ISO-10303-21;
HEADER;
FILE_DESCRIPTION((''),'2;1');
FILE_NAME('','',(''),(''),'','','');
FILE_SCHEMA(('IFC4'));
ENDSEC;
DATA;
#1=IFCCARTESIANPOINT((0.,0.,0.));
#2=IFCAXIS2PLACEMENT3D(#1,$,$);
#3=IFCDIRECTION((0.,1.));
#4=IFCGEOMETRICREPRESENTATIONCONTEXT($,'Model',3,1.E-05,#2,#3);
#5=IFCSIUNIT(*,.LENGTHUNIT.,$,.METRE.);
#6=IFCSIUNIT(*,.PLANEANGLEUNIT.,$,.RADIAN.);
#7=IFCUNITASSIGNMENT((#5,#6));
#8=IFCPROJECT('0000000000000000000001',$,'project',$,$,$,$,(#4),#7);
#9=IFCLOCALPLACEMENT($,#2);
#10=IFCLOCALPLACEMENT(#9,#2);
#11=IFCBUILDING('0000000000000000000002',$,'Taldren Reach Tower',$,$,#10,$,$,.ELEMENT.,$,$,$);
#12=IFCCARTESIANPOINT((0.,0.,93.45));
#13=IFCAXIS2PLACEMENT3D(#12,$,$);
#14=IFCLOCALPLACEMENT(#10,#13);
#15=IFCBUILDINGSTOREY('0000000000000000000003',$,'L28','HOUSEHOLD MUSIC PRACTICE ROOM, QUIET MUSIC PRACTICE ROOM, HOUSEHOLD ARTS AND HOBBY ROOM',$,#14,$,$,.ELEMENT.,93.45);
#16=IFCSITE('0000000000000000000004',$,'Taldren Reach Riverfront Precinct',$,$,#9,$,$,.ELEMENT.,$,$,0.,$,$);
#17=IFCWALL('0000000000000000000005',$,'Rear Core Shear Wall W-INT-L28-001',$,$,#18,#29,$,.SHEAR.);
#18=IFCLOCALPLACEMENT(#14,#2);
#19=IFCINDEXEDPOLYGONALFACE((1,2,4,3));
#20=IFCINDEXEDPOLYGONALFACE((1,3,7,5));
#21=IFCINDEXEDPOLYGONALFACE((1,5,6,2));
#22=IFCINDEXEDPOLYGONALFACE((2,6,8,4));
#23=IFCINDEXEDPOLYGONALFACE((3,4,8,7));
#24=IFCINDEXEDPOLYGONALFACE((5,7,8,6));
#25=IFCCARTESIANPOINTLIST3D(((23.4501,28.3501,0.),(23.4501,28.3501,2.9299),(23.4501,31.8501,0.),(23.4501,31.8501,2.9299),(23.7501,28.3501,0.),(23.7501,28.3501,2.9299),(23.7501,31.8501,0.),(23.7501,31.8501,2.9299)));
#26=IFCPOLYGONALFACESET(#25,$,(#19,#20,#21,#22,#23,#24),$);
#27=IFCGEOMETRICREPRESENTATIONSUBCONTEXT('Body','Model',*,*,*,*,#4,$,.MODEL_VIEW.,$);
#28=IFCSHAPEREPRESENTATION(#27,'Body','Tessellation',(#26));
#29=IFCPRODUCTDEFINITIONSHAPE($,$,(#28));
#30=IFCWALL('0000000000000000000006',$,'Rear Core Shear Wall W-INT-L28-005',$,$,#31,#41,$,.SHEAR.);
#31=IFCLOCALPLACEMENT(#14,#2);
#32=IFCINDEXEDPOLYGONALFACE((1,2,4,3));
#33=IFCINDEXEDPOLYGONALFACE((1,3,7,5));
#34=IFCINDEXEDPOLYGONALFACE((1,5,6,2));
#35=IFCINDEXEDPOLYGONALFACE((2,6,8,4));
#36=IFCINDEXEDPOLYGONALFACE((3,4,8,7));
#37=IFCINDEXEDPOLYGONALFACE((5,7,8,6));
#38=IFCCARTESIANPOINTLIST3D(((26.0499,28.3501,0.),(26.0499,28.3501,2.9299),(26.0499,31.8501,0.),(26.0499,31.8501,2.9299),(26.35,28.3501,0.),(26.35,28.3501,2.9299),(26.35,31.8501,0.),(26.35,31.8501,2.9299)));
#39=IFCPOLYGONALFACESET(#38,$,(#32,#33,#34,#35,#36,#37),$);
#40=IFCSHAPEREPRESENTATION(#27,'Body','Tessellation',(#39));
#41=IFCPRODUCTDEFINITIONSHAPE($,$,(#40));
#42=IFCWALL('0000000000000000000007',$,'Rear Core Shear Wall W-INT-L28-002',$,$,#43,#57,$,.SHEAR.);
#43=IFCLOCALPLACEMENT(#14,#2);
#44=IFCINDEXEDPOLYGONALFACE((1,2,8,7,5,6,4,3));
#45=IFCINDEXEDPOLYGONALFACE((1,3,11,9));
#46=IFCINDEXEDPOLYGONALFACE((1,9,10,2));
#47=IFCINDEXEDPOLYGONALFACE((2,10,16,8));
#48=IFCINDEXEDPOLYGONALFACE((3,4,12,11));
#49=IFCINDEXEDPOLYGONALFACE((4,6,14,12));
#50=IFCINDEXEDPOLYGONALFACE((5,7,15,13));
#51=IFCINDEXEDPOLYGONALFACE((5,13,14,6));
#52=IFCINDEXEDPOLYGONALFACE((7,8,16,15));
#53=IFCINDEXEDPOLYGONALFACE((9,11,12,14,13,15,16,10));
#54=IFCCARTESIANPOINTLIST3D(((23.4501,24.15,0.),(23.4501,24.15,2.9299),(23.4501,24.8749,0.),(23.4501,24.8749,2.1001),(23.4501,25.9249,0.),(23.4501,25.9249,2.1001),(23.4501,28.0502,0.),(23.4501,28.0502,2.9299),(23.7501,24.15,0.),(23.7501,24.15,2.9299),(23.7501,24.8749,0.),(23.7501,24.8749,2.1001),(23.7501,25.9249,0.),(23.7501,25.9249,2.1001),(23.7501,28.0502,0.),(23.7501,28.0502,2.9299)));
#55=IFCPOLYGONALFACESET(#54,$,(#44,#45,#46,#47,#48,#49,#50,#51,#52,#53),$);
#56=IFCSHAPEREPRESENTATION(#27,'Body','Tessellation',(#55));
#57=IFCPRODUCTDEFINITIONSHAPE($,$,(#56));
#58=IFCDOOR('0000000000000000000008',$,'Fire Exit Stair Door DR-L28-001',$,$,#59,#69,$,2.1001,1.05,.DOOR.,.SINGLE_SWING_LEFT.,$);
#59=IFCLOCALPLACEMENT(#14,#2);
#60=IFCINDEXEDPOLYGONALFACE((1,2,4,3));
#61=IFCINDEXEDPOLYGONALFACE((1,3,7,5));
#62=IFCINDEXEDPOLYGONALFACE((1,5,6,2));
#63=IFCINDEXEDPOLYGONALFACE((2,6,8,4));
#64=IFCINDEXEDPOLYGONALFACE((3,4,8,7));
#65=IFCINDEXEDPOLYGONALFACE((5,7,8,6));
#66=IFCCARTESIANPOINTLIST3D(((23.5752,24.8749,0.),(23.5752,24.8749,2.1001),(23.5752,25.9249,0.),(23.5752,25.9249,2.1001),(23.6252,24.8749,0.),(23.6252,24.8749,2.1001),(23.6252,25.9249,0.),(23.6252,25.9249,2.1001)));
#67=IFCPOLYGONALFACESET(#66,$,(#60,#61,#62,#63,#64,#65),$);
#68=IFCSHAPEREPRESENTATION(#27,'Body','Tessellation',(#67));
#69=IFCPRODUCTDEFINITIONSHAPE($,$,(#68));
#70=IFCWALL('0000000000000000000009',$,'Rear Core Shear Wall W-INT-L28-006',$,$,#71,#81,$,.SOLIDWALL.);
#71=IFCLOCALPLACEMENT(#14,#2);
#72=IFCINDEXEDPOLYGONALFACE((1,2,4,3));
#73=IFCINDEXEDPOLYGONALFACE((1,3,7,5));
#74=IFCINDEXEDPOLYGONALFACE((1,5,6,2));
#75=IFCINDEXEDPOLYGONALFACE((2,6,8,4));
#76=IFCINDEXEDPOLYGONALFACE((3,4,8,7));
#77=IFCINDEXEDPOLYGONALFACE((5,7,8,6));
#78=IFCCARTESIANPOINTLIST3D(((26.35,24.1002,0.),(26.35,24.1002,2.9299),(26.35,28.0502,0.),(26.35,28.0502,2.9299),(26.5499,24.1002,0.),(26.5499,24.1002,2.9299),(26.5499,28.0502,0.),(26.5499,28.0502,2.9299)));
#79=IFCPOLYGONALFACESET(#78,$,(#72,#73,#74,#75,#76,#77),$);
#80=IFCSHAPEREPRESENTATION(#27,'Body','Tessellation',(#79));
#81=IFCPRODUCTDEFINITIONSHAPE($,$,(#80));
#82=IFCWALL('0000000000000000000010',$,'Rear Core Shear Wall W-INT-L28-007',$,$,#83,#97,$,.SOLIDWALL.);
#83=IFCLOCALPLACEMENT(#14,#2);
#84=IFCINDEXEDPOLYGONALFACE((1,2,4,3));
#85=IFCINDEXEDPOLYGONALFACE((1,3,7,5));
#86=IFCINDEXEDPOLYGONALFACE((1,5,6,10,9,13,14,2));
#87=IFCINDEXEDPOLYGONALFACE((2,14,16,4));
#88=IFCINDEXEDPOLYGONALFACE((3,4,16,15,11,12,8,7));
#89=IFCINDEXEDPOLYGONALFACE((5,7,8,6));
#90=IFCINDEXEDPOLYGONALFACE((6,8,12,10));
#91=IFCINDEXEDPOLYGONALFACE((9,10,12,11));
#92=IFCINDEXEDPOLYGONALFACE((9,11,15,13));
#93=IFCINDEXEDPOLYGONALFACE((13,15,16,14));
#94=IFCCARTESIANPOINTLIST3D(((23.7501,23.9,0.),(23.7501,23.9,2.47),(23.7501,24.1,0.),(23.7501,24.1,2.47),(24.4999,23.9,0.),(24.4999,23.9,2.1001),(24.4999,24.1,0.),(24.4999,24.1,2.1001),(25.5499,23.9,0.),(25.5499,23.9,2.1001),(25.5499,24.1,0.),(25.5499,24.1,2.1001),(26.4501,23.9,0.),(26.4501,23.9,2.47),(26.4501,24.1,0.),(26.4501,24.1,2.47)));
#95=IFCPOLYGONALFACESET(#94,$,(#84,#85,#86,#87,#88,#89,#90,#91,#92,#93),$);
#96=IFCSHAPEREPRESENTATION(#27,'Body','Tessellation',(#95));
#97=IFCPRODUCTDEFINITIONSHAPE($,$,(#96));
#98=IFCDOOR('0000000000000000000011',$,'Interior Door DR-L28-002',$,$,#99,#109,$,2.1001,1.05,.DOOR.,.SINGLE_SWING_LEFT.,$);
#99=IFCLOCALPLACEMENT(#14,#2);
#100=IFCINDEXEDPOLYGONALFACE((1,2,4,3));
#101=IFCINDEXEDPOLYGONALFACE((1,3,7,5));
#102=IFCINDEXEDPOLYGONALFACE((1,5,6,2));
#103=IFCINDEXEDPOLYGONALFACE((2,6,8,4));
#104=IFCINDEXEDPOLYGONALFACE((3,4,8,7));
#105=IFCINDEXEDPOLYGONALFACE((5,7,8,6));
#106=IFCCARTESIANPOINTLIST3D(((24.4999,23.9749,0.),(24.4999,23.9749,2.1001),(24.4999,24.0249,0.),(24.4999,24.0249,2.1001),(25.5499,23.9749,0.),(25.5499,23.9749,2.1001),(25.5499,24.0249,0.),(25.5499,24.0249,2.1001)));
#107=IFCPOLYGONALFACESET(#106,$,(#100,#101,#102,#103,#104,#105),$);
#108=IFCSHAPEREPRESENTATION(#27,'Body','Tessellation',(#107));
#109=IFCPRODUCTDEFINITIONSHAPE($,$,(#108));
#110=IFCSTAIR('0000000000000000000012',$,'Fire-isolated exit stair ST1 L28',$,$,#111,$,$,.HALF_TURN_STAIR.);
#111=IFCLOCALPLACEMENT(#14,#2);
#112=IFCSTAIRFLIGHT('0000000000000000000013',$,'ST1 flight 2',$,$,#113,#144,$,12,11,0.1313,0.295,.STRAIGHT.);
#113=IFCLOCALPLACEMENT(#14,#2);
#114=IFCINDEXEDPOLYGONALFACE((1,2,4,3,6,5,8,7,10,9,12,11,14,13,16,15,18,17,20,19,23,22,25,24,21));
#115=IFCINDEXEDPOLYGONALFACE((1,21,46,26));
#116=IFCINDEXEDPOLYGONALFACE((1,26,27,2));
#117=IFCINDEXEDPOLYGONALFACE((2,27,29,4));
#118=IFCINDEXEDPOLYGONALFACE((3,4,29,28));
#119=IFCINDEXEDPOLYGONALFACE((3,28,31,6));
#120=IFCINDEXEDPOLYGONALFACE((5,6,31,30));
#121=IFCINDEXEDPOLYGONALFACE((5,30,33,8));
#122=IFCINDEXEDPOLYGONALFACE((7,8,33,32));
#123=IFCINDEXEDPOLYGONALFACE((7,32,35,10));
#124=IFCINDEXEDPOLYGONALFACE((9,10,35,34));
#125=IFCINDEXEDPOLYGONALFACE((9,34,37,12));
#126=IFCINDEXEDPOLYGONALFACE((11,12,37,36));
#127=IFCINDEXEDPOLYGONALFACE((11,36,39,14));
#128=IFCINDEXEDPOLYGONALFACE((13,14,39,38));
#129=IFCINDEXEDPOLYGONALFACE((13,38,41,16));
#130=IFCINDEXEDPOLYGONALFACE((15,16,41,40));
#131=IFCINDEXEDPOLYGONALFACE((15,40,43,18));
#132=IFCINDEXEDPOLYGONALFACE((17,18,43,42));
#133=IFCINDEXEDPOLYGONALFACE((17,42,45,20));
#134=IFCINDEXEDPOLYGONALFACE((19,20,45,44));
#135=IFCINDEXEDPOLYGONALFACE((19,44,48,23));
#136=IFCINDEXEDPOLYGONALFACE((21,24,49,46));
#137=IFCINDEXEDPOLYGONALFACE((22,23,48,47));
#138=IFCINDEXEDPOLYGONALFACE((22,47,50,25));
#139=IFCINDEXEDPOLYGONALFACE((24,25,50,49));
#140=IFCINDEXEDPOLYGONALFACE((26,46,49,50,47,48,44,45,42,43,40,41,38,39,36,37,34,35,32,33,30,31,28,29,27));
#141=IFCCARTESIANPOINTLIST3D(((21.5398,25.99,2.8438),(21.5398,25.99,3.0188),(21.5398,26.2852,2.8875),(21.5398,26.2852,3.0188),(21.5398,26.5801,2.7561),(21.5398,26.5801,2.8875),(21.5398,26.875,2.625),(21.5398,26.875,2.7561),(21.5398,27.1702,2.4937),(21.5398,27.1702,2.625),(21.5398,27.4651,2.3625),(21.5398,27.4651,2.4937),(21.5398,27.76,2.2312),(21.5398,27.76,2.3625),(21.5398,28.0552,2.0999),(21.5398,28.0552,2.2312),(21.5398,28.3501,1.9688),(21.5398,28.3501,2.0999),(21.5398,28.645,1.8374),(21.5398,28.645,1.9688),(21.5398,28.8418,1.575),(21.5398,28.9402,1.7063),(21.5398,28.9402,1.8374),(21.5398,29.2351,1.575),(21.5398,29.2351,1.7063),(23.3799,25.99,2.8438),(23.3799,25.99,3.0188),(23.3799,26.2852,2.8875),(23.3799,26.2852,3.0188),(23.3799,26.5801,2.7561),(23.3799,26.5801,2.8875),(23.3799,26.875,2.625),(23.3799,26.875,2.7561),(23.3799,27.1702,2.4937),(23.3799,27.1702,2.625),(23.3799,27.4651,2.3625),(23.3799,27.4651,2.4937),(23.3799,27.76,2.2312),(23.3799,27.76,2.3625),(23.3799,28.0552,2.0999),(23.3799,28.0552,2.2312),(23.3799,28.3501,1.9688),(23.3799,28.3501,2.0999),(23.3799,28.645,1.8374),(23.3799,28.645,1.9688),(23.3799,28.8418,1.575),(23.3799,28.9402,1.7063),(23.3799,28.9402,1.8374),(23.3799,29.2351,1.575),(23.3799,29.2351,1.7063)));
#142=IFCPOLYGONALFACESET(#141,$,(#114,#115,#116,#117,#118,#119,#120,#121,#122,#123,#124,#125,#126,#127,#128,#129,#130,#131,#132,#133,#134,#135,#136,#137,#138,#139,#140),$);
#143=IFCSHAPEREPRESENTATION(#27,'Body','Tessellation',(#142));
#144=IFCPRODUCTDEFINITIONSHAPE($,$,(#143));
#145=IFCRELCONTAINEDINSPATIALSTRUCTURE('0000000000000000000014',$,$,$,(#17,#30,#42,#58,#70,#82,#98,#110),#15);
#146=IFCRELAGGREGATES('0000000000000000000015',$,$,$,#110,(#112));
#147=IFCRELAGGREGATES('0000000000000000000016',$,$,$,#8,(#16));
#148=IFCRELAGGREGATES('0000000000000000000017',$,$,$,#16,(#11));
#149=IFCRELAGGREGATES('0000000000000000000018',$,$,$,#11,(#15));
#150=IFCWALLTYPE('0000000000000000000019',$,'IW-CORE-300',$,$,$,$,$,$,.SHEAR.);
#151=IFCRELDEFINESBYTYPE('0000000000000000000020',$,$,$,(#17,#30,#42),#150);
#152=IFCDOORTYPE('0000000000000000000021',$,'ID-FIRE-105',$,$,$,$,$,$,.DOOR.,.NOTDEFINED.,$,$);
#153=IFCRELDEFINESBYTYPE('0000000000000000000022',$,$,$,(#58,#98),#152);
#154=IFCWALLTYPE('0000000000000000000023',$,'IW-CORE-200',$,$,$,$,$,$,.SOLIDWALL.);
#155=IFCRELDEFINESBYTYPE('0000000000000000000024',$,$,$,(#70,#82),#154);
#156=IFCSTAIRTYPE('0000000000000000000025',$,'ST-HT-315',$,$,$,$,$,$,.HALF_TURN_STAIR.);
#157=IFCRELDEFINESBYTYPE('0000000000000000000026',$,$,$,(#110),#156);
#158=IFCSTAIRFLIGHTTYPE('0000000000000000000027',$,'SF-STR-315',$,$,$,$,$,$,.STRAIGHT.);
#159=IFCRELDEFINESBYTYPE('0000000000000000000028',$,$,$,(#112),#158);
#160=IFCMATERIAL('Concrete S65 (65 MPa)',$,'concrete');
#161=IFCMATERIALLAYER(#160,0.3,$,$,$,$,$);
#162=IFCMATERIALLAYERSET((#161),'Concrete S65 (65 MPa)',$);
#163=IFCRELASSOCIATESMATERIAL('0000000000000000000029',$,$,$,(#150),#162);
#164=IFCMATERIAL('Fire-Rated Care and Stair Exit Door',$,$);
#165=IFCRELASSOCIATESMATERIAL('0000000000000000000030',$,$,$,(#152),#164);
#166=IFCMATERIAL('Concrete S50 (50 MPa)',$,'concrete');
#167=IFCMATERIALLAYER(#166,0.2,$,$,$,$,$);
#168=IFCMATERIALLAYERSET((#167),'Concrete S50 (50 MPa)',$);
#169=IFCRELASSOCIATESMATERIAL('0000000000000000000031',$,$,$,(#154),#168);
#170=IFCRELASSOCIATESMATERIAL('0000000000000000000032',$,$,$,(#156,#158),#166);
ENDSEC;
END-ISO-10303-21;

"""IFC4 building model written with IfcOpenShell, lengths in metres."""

from ifc_helpers import new_model, si_unit, direction, frame, frame_2d, origin, place, context, subcontext, project, spatial, polyline, rectangle, outline, extrude, source, transform, mapped, material, layer, layer_set, type_object, element, fill, aggregate, save


model = new_model("IFC4")

# Units and contexts
model_context = context("Model", 3, precision=1e-05, world=origin(), true_north=direction((0.0, 1.0)))
body_context = subcontext(model_context, "Body", "Model", "MODEL_VIEW")
ifc_project = project(units=[si_unit("LENGTHUNIT", "METRE"), si_unit("PLANEANGLEUNIT", "RADIAN")], contexts=[model_context])

# Site, building, storey
site_placement = place(None, origin())
site = spatial("IfcSite", under=ifc_project, at=site_placement, Name="Taldren Reach Riverfront Precinct", CompositionType="ELEMENT", RefElevation=0.0)
building_placement = place(site_placement, origin())
building = spatial("IfcBuilding", under=site, at=building_placement, Name="Taldren Reach Tower", CompositionType="ELEMENT")
storey_placement = place(building_placement, frame((0.0, 0.0, 93.45)))
storey = spatial("IfcBuildingStorey", under=building, at=storey_placement, Name="L28", Description="HOUSEHOLD MUSIC PRACTICE ROOM, QUIET MUSIC PRACTICE ROOM, HOUSEHOLD ARTS AND HOBBY ROOM", CompositionType="ELEMENT", Elevation=93.45)

# Shared definitions
ifc_material_1 = material(Name="Concrete S65 (65 MPa)", Category="concrete")

# Walls
ifc_layer_1 = layer(ifc_material_1, 0.3)
ifc_layer_set_1 = layer_set([ifc_layer_1], Name="Concrete S65 (65 MPa)")
wall_type_1 = type_object("IfcWallType", Name="IW-CORE-300", PredefinedType="SHEAR", material=ifc_layer_set_1)
shared_shape_1 = source(origin(), body_context, "Body", "SweptSolid", [
    extrude(rectangle(XDim=3.5, YDim=0.3, at=frame_2d((1.75, 0.0))), origin(), (0.0, 0.0, 1.0), 2.9299),
])
for number, where, z_axis, x_axis, name in (
    (1, (23.6001, 28.3501, 0.0), (0.0, 0.0, 1.0), (0.0, 1.0, 0.0), "Rear Core Shear Wall W-INT-L28-001"),
    (2, (26.2, 28.3501, 0.0), (0.0, 0.0, 1.0), (0.0, 1.0, 0.0), "Rear Core Shear Wall W-INT-L28-005"),
):
    element("IfcWall", number, at=place(storey_placement, frame(where, z_axis=z_axis, x_axis=x_axis)), inside=storey, type_object=wall_type_1, Name=name, PredefinedType="SHEAR", context=body_context, shape_type="MappedRepresentation", body=[
        mapped(shared_shape_1, transform((0.0, 0.0, 0.0), scale=1.0)),
    ])

# Wall, opening, door
shared_shape_2 = source(origin(), body_context, "Body", "SweptSolid", [
    extrude(rectangle(XDim=3.9001, YDim=0.3, at=frame_2d((1.9502, 0.0))), origin(), (0.0, 0.0, 1.0), 2.9299),
])
wall_1_placement = place(storey_placement, frame((23.6001, 24.1499, 0.0), z_axis=(0.0, 0.0, 1.0), x_axis=(0.0, 1.0, 0.0)))
wall_1 = element("IfcWall", 3, at=wall_1_placement, inside=storey, type_object=wall_type_1, Name="Rear Core Shear Wall W-INT-L28-002", PredefinedType="SHEAR", context=body_context, shape_type="MappedRepresentation", body=[
    mapped(shared_shape_2, transform((0.0, 0.0, 0.0), scale=1.0)),
])
shared_shape_3 = source(origin(), body_context, "Body", "SweptSolid", [
    extrude(rectangle(XDim=1.05, YDim=2.1001, at=frame_2d((0.5249, 1.05))), frame((0.0, 0.1602, 0.0), z_axis=(0.0, -1.0, 0.0), x_axis=(1.0, 0.0, 0.0)), (0.0, 0.0, 1.0), 0.3201),
])
opening_1_placement = place(wall_1_placement, frame((0.7251, 0.0, 0.0)))
opening_1 = element("IfcOpeningElement", 4, at=opening_1_placement, cuts=wall_1, PredefinedType="OPENING", context=body_context, shape_type="MappedRepresentation", body=[
    mapped(shared_shape_3, transform((0.0, 0.0, 0.0), scale=1.0)),
])
ifc_material_2 = material(Name="Fire-Rated Care and Stair Exit Door")
door_type_1 = type_object("IfcDoorType", Name="ID-FIRE-105", OperationType="NOTDEFINED", PredefinedType="DOOR", material=ifc_material_2)
shared_shape_4 = source(origin(), body_context, "Body", "SweptSolid", [
    extrude(rectangle(XDim=1.05, YDim=2.1001, at=frame_2d((0.5249, 1.05))), frame((0.0, 0.0249, 0.0), z_axis=(0.0, -1.0, 0.0), x_axis=(1.0, 0.0, 0.0)), (0.0, 0.0, 1.0), 0.05),
])
door_1_placement = place(opening_1_placement, origin())
door_1 = element("IfcDoor", 5, at=door_1_placement, inside=storey, type_object=door_type_1, Name="Fire Exit Stair Door DR-L28-001", OperationType="SINGLE_SWING_LEFT", OverallHeight=2.1001, OverallWidth=1.05, PredefinedType="DOOR", context=body_context, shape_type="MappedRepresentation", body=[
    mapped(shared_shape_4, transform((0.0, 0.0, 0.0), scale=1.0)),
])
fill(opening_1, door_1)

# Wall
ifc_material_3 = material(Name="Concrete S50 (50 MPa)", Category="concrete")
ifc_layer_2 = layer(ifc_material_3, 0.2)
ifc_layer_set_2 = layer_set([ifc_layer_2], Name="Concrete S50 (50 MPa)")
wall_type_2 = type_object("IfcWallType", Name="IW-CORE-200", PredefinedType="SOLIDWALL", material=ifc_layer_set_2)
shared_shape_5 = source(origin(), body_context, "Body", "SweptSolid", [
    extrude(rectangle(XDim=3.95, YDim=0.2, at=frame_2d((1.9751, 0.0))), origin(), (0.0, 0.0, 1.0), 2.9299),
])
wall_2_placement = place(storey_placement, frame((26.45, 24.1001, 0.0), z_axis=(0.0, 0.0, 1.0), x_axis=(0.0, 1.0, 0.0)))
element("IfcWall", 6, at=wall_2_placement, inside=storey, type_object=wall_type_2, Name="Rear Core Shear Wall W-INT-L28-006", PredefinedType="SOLIDWALL", context=body_context, shape_type="MappedRepresentation", body=[
    mapped(shared_shape_5, transform((0.0, 0.0, 0.0), scale=1.0)),
])

# Wall, opening, door
shared_shape_6 = source(origin(), body_context, "Body", "SweptSolid", [
    extrude(rectangle(XDim=2.7, YDim=0.2, at=frame_2d((1.3501, 0.0))), origin(), (0.0, 0.0, 1.0), 2.47),
])
wall_3_placement = place(storey_placement, frame((23.75, 24.0, 0.0), z_axis=(0.0, 0.0, 1.0), x_axis=(1.0, 0.0, 0.0)))
wall_3 = element("IfcWall", 7, at=wall_3_placement, inside=storey, type_object=wall_type_2, Name="Rear Core Shear Wall W-INT-L28-007", PredefinedType="SOLIDWALL", context=body_context, shape_type="MappedRepresentation", body=[
    mapped(shared_shape_6, transform((0.0, 0.0, 0.0), scale=1.0)),
])
shared_shape_7 = source(origin(), body_context, "Body", "SweptSolid", [
    extrude(rectangle(XDim=1.05, YDim=2.1001, at=frame_2d((0.5249, 1.05))), frame((0.0, 0.1099, 0.0), z_axis=(0.0, -1.0, 0.0), x_axis=(1.0, 0.0, 0.0)), (0.0, 0.0, 1.0), 0.22),
])
opening_2_placement = place(wall_3_placement, frame((0.75, 0.0, 0.0)))
opening_2 = element("IfcOpeningElement", 8, at=opening_2_placement, cuts=wall_3, PredefinedType="OPENING", context=body_context, shape_type="MappedRepresentation", body=[
    mapped(shared_shape_7, transform((0.0, 0.0, 0.0), scale=1.0)),
])
door_2_placement = place(opening_2_placement, origin())
door_2 = element("IfcDoor", 9, at=door_2_placement, inside=storey, type_object=door_type_1, Name="Interior Door DR-L28-002", OperationType="SINGLE_SWING_LEFT", OverallHeight=2.1001, OverallWidth=1.05, PredefinedType="DOOR", context=body_context, shape_type="MappedRepresentation", body=[
    mapped(shared_shape_4, transform((0.0, 0.0, 0.0), scale=1.0)),
])
fill(opening_2, door_2)

# Stair, stair flight
stair_type = type_object("IfcStairType", Name="ST-HT-315", PredefinedType="HALF_TURN_STAIR", material=ifc_material_3)
stair_placement = place(storey_placement, origin())
stair = element("IfcStair", 10, at=stair_placement, inside=storey, type_object=stair_type, Name="Fire-isolated exit stair ST1 L28", PredefinedType="HALF_TURN_STAIR")
stair_flight_type = type_object("IfcStairFlightType", Name="SF-STR-315", PredefinedType="STRAIGHT", material=ifc_material_3)
stair_flight_placement = place(storey_placement, frame((22.46, 29.2351, 1.575), z_axis=(0.0, 0.0, 1.0), x_axis=(0.0, -1.0, 0.0)))
stair_flight = element("IfcStairFlight", 11, at=stair_flight_placement, type_object=stair_flight_type, Name="ST1 flight 2", NumberOfRisers=12, NumberOfTreads=11, PredefinedType="STRAIGHT", RiserHeight=0.1313, TreadLength=0.295, context=body_context, shape_type="SweptSolid", body=[
    extrude(outline(polyline([(0.0, 0.0), (0.0, 0.1313), (0.2949, 0.1313), (0.2949, 0.2625), (0.5901, 0.2625), (0.5901, 0.3938), (0.885, 0.3938), (0.885, 0.5249), (1.1799, 0.5249), (1.1799, 0.6562), (1.4751, 0.6562), (1.4751, 0.7876), (1.77, 0.7876), (1.77, 0.9187), (2.0649, 0.9187), (2.0649, 1.05), (2.3601, 1.05), (2.3601, 1.1812), (2.655, 1.1812), (2.655, 1.3125), (2.95, 1.3125), (2.95, 1.4438), (3.2451, 1.4438), (3.2451, 1.575), (3.2451, 1.2688), (0.3933, 0.0), (0.0, 0.0)])), frame((0.0, 0.9199, 0.0), z_axis=(0.0, -1.0, 0.0), x_axis=(1.0, 0.0, 0.0)), (0.0, 0.0, 1.0), 1.8401),
])
aggregate(stair, [stair_flight])

save(model, "model.ifc")
